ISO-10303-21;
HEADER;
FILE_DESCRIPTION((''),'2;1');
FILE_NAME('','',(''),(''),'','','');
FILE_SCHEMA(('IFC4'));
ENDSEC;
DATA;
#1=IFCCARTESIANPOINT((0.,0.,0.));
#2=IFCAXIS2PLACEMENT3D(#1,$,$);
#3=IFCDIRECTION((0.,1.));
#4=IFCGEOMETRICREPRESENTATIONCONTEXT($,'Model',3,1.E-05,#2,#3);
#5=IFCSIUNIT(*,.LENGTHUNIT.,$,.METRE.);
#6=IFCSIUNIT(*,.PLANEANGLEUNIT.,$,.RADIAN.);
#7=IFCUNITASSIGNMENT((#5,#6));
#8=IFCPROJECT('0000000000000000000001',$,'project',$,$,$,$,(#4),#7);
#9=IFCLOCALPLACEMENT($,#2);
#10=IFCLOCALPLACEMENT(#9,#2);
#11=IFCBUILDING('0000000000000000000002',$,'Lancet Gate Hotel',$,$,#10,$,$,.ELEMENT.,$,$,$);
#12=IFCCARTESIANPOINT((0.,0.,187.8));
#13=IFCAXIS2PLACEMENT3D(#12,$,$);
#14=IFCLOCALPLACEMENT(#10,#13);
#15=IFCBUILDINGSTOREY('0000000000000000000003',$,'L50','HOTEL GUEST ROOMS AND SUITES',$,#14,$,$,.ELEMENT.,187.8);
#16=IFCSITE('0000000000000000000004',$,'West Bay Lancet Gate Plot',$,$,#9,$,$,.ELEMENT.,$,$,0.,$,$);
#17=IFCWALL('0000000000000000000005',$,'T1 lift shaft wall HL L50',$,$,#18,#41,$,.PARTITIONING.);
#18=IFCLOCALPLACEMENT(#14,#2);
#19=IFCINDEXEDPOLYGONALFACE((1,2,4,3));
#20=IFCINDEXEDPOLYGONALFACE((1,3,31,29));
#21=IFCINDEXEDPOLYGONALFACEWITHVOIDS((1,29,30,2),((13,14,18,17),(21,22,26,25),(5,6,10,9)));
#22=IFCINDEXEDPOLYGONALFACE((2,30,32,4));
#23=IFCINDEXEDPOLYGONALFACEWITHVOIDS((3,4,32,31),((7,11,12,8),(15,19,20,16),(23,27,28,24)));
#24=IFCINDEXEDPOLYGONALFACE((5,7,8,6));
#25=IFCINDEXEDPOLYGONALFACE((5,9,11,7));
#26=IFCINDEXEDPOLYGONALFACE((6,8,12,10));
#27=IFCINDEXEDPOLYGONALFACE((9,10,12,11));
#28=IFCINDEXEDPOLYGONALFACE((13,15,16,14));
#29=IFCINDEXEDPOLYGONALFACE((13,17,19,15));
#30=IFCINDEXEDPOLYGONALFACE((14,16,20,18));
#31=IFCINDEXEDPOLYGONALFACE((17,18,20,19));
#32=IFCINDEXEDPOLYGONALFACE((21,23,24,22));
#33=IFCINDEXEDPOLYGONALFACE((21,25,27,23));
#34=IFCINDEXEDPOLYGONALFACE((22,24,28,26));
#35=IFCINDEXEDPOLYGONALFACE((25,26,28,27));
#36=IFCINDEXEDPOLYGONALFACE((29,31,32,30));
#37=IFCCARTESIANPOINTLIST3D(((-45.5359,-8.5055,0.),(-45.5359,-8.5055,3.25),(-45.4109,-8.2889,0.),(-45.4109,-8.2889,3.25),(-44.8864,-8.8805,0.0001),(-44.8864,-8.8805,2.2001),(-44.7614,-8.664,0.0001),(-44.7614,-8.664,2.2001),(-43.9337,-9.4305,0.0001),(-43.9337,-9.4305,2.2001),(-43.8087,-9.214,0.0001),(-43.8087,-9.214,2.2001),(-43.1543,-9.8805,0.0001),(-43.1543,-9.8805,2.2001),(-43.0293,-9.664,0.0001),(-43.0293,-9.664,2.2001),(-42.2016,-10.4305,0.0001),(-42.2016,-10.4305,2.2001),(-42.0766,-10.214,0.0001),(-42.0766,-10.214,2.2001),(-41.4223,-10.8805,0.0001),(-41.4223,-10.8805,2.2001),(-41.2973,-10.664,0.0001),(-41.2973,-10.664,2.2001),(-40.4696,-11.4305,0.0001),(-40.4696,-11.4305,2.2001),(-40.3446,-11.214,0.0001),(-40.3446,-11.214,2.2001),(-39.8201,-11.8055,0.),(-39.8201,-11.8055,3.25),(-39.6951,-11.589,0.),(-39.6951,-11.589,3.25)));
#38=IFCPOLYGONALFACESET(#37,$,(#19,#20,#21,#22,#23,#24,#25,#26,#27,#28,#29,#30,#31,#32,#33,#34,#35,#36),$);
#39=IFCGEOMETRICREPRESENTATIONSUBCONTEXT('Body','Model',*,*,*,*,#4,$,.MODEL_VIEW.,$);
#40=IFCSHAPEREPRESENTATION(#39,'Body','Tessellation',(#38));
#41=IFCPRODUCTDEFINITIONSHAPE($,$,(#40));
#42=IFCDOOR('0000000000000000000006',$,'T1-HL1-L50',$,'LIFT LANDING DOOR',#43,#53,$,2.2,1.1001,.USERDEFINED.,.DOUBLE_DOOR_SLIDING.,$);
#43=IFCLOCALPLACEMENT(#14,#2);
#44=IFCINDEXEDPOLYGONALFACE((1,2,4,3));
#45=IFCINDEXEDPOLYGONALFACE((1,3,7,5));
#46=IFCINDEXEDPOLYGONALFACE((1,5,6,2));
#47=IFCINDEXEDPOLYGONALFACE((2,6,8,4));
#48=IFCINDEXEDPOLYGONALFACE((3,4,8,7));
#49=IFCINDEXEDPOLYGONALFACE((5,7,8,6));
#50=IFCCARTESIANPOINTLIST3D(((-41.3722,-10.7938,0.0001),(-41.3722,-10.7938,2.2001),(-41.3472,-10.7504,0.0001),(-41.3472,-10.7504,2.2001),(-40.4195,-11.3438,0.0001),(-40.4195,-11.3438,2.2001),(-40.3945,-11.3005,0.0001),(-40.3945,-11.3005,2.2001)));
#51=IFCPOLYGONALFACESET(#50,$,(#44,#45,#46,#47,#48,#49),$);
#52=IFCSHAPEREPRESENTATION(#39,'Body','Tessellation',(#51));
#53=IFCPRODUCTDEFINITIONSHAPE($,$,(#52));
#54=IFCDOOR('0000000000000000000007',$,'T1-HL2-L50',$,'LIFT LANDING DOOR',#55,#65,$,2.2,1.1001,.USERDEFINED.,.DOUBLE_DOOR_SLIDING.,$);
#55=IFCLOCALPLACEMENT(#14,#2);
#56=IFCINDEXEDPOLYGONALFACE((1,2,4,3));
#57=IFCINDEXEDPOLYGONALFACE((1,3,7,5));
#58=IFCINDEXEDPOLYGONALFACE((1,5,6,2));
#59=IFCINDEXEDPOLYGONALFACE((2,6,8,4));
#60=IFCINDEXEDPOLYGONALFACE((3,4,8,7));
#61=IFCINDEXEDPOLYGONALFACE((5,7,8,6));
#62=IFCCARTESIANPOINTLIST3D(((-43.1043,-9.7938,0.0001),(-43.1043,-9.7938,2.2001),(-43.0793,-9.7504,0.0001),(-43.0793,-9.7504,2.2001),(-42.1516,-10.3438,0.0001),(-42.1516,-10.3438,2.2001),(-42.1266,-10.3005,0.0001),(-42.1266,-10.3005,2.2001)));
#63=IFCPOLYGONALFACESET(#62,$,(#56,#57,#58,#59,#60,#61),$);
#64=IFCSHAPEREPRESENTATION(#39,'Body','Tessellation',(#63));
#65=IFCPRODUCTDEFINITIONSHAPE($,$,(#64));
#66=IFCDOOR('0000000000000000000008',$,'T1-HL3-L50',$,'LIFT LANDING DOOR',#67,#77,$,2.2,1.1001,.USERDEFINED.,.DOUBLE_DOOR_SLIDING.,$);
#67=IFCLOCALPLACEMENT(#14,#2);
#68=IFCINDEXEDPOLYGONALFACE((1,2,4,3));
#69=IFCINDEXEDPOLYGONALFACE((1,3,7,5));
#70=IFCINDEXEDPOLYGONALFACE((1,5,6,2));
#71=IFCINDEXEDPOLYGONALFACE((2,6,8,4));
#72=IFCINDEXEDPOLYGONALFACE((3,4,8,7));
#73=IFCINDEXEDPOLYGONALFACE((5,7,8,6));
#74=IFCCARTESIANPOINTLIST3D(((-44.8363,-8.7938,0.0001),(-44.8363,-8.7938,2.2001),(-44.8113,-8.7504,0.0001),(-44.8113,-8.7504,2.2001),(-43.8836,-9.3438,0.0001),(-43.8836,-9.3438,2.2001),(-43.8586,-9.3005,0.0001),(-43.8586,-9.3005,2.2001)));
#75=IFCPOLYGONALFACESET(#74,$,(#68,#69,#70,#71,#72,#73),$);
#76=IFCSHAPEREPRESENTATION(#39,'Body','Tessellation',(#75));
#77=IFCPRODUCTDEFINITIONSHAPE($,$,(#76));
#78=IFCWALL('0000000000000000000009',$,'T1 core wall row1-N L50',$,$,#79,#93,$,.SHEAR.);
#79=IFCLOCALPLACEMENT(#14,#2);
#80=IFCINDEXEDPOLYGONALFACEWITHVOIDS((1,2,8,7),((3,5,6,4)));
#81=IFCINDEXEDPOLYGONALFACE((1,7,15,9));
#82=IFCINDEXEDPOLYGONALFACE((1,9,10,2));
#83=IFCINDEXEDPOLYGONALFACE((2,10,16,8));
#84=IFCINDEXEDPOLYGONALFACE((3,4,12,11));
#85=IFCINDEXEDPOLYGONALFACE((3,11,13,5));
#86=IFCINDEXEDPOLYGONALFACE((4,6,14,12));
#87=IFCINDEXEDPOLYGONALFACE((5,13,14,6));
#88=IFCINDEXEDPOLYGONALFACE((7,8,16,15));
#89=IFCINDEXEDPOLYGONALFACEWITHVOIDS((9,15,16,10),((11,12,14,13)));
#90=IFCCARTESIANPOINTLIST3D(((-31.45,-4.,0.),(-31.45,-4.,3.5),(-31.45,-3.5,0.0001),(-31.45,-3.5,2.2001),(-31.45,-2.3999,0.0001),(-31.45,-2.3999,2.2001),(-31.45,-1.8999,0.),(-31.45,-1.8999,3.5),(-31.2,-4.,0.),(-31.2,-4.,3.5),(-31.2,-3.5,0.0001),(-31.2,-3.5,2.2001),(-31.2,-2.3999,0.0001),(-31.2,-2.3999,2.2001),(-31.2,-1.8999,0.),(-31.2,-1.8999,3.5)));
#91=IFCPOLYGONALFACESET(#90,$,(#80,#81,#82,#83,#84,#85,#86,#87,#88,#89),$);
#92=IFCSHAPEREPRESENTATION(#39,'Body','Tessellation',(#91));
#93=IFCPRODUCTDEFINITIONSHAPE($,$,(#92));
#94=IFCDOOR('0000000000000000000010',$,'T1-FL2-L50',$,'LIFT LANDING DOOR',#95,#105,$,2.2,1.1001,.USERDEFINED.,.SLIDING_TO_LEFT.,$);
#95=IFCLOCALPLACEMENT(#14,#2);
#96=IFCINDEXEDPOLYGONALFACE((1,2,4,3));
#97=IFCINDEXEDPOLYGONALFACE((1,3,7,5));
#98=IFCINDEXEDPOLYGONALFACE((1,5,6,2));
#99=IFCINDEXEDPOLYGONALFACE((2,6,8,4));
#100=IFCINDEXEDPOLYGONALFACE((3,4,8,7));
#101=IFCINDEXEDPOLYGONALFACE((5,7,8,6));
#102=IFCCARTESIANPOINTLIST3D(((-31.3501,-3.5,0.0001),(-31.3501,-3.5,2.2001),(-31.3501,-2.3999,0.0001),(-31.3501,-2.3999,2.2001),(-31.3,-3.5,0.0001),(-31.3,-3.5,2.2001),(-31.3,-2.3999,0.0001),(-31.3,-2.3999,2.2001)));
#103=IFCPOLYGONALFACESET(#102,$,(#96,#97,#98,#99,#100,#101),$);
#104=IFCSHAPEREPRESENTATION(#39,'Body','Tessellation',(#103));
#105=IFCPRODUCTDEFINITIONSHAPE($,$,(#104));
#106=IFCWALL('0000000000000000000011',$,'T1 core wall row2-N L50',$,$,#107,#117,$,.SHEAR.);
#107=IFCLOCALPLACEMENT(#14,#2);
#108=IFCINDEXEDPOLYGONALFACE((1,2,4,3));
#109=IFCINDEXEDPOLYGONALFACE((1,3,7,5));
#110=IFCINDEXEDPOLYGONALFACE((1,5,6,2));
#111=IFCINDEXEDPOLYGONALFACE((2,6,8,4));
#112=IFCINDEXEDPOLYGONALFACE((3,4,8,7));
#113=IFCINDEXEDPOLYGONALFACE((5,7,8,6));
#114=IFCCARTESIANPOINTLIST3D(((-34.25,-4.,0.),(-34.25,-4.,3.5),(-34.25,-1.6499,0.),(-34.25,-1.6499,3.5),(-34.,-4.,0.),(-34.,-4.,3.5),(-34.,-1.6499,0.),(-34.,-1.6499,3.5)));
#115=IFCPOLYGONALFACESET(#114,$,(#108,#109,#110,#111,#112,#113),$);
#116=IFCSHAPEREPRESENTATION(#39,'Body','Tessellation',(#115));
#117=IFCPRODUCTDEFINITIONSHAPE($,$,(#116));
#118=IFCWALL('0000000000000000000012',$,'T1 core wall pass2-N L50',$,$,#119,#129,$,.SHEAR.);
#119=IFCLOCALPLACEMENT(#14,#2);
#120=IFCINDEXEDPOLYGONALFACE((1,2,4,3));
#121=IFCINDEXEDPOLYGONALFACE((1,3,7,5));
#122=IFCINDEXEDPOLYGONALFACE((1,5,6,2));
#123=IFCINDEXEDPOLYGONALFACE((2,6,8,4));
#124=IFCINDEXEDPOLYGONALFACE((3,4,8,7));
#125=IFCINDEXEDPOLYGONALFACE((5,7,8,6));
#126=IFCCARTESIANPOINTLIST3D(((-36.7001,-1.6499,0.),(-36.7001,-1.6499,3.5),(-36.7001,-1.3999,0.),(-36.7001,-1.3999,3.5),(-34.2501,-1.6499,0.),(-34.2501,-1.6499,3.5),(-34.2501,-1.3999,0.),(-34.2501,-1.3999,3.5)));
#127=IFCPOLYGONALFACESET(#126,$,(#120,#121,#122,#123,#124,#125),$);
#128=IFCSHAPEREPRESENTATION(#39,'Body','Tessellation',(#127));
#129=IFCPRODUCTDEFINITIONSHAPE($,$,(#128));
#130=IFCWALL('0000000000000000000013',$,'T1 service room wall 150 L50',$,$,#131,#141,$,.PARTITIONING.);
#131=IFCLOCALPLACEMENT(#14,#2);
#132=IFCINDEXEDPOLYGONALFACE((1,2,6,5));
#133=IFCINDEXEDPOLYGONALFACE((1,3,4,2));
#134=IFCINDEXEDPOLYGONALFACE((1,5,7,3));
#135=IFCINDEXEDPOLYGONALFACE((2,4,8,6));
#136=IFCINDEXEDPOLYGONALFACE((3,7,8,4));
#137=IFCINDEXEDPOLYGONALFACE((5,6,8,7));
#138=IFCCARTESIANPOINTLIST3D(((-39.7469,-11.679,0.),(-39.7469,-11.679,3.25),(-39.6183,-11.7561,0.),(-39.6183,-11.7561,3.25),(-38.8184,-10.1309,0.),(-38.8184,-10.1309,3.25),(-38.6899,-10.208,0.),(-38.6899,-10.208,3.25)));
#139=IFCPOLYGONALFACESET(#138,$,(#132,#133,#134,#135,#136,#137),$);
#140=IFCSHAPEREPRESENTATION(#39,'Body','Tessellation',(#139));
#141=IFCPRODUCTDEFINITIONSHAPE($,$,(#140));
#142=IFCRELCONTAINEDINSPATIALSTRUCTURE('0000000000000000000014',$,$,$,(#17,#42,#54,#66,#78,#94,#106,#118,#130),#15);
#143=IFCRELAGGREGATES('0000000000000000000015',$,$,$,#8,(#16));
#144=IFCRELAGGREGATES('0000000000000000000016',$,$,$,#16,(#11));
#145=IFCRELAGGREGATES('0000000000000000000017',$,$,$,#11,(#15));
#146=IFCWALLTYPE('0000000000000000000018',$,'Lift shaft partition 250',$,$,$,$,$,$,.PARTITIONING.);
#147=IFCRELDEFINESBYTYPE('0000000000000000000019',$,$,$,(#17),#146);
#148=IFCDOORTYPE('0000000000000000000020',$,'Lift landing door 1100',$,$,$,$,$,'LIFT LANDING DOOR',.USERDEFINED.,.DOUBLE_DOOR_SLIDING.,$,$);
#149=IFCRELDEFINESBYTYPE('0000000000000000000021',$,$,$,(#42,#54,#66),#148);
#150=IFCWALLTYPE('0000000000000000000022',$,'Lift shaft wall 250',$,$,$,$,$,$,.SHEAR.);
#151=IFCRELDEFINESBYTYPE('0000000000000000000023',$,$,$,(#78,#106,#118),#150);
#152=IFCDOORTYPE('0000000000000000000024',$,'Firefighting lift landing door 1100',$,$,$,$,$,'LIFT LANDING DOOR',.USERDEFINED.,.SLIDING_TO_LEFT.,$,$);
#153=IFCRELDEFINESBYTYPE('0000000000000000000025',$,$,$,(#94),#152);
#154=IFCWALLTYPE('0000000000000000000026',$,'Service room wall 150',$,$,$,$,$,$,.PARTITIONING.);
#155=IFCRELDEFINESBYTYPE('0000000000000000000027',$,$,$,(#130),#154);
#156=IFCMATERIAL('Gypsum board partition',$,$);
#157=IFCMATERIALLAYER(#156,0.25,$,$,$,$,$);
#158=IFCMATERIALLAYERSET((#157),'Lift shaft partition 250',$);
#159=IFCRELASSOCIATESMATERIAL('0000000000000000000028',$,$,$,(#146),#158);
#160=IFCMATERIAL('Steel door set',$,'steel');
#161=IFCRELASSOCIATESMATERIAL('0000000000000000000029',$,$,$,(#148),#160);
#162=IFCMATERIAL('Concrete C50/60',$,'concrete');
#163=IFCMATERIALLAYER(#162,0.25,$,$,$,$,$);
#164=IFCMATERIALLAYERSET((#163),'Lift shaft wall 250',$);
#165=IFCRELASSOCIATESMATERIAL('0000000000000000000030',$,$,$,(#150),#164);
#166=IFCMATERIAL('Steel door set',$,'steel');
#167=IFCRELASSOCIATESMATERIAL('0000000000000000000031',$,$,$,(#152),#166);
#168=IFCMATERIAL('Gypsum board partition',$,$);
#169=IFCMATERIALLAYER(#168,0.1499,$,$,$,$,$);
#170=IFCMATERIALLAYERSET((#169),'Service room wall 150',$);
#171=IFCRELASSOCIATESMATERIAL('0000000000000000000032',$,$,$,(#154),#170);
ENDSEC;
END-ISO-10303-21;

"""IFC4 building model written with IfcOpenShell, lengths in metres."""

from ifc_helpers import new_model, si_unit, direction, frame, frame_2d, origin, place, context, subcontext, project, spatial, rectangle, extrude, material, layer, layer_set, type_object, element, fill, save


model = new_model("IFC4")

# Units and contexts
model_context = context("Model", 3, precision=1e-05, world=origin(), true_north=direction((0.0, 1.0)))
body_context = subcontext(model_context, "Body", "Model", "MODEL_VIEW")
ifc_project = project(units=[si_unit("LENGTHUNIT", "METRE"), si_unit("PLANEANGLEUNIT", "RADIAN")], contexts=[model_context])

# Site, building, storey
site_placement = place(None, origin())
site = spatial("IfcSite", under=ifc_project, at=site_placement, Name="West Bay Lancet Gate Plot", CompositionType="ELEMENT", RefElevation=0.0)
building_placement = place(site_placement, origin())
building = spatial("IfcBuilding", under=site, at=building_placement, Name="Lancet Gate Hotel", CompositionType="ELEMENT")
storey_placement = place(building_placement, frame((0.0, 0.0, 187.8)))
storey = spatial("IfcBuildingStorey", under=building, at=storey_placement, Name="L50", Description="HOTEL GUEST ROOMS AND SUITES", CompositionType="ELEMENT", Elevation=187.8)

# Wall, openings, doors
ifc_material_1 = material(Name="Gypsum board partition")
ifc_layer_1 = layer(ifc_material_1, 0.25)
ifc_layer_set_1 = layer_set([ifc_layer_1], Name="Lift shaft partition 250")
wall_type_1 = type_object("IfcWallType", Name="Lift shaft partition 250", PredefinedType="PARTITIONING", material=ifc_layer_set_1)
wall_1_placement = place(storey_placement, frame((-39.7576, -11.6973, 0.0), z_axis=(0.0, 0.0, 1.0), x_axis=(-0.866024, 0.500002, 0.0)))
wall_1 = element("IfcWall", 1, at=wall_1_placement, inside=storey, type_object=wall_type_1, Name="T1 lift shaft wall HL L50", PredefinedType="PARTITIONING", context=body_context, shape_type="SweptSolid", body=[
    extrude(rectangle(XDim=6.6001, YDim=0.25, at=frame_2d((3.3, 0.0))), origin(), (0.0, 0.0, 1.0), 3.25),
])
opening_1_placement = place(wall_1_placement, frame((0.75, 0.0, 0.0)))
opening_1 = element("IfcOpeningElement", 2, at=opening_1_placement, cuts=wall_1, PredefinedType="OPENING", context=body_context, shape_type="SweptSolid", body=[
    extrude(rectangle(XDim=1.1001, YDim=2.2, at=frame_2d((0.55, 1.1001))), frame((0.0, 0.135, 0.0), z_axis=(0.0, -1.0, 0.0), x_axis=(1.0, 0.0, 0.0)), (0.0, 0.0, 1.0), 0.27),
])
opening_2_placement = place(wall_1_placement, frame((2.75, 0.0, 0.0)))
opening_2 = element("IfcOpeningElement", 3, at=opening_2_placement, cuts=wall_1, PredefinedType="OPENING", context=body_context, shape_type="SweptSolid", body=[
    extrude(rectangle(XDim=1.1001, YDim=2.2, at=frame_2d((0.55, 1.1001))), frame((0.0, 0.135, 0.0), z_axis=(0.0, -1.0, 0.0), x_axis=(1.0, 0.0, 0.0)), (0.0, 0.0, 1.0), 0.27),
])
opening_3_placement = place(wall_1_placement, frame((4.75, 0.0, 0.0)))
opening_3 = element("IfcOpeningElement", 4, at=opening_3_placement, cuts=wall_1, PredefinedType="OPENING", context=body_context, shape_type="SweptSolid", body=[
    extrude(rectangle(XDim=1.1001, YDim=2.2, at=frame_2d((0.55, 1.1001))), frame((0.0, 0.135, 0.0), z_axis=(0.0, -1.0, 0.0), x_axis=(1.0, 0.0, 0.0)), (0.0, 0.0, 1.0), 0.27),
])
ifc_material_2 = material(Name="Steel door set", Category="steel")
door_type_1 = type_object("IfcDoorType", Name="Lift landing door 1100", ElementType="LIFT LANDING DOOR", OperationType="DOUBLE_DOOR_SLIDING", PredefinedType="USERDEFINED", material=ifc_material_2)
door_1_placement = place(opening_1_placement, origin())
door_1 = element("IfcDoor", 5, at=door_1_placement, inside=storey, type_object=door_type_1, Name="T1-HL1-L50", ObjectType="LIFT LANDING DOOR", OperationType="DOUBLE_DOOR_SLIDING", OverallHeight=2.2, OverallWidth=1.1001, PredefinedType="USERDEFINED", context=body_context, shape_type="SweptSolid", body=[
    extrude(rectangle(XDim=1.1001, YDim=2.2, at=frame_2d((0.55, 1.1001))), frame((0.0, 0.0249, 0.0), z_axis=(0.0, -1.0, 0.0), x_axis=(1.0, 0.0, 0.0)), (0.0, 0.0, 1.0), 0.05),
])
fill(opening_1, door_1)
door_2_placement = place(opening_2_placement, origin())
door_2 = element("IfcDoor", 6, at=door_2_placement, inside=storey, type_object=door_type_1, Name="T1-HL2-L50", ObjectType="LIFT LANDING DOOR", OperationType="DOUBLE_DOOR_SLIDING", OverallHeight=2.2, OverallWidth=1.1001, PredefinedType="USERDEFINED", context=body_context, shape_type="SweptSolid", body=[
    extrude(rectangle(XDim=1.1001, YDim=2.2, at=frame_2d((0.55, 1.1001))), frame((0.0, 0.0249, 0.0), z_axis=(0.0, -1.0, 0.0), x_axis=(1.0, 0.0, 0.0)), (0.0, 0.0, 1.0), 0.05),
])
fill(opening_2, door_2)
door_3_placement = place(opening_3_placement, origin())
door_3 = element("IfcDoor", 7, at=door_3_placement, inside=storey, type_object=door_type_1, Name="T1-HL3-L50", ObjectType="LIFT LANDING DOOR", OperationType="DOUBLE_DOOR_SLIDING", OverallHeight=2.2, OverallWidth=1.1001, PredefinedType="USERDEFINED", context=body_context, shape_type="SweptSolid", body=[
    extrude(rectangle(XDim=1.1001, YDim=2.2, at=frame_2d((0.55, 1.1001))), frame((0.0, 0.0249, 0.0), z_axis=(0.0, -1.0, 0.0), x_axis=(1.0, 0.0, 0.0)), (0.0, 0.0, 1.0), 0.05),
])
fill(opening_3, door_3)

# Wall, opening, door
ifc_material_3 = material(Name="Concrete C50/60", Category="concrete")
ifc_layer_2 = layer(ifc_material_3, 0.25)
ifc_layer_set_2 = layer_set([ifc_layer_2], Name="Lift shaft wall 250")
wall_type_2 = type_object("IfcWallType", Name="Lift shaft wall 250", PredefinedType="SHEAR", material=ifc_layer_set_2)
wall_2_placement = place(storey_placement, frame((-31.325, -1.8999, 0.0), z_axis=(0.0, 0.0, 1.0), x_axis=(0.0, -1.0, 0.0)))
wall_2 = element("IfcWall", 8, at=wall_2_placement, inside=storey, type_object=wall_type_2, Name="T1 core wall row1-N L50", PredefinedType="SHEAR", context=body_context, shape_type="SweptSolid", body=[
    extrude(rectangle(XDim=2.1001, YDim=0.25, at=frame_2d((1.05, 0.0))), origin(), (0.0, 0.0, 1.0), 3.5),
])
opening_4_placement = place(wall_2_placement, frame((0.5, 0.0, 0.0)))
opening_4 = element("IfcOpeningElement", 9, at=opening_4_placement, cuts=wall_2, PredefinedType="OPENING", context=body_context, shape_type="SweptSolid", body=[
    extrude(rectangle(XDim=1.1001, YDim=2.2, at=frame_2d((0.55, 1.1001))), frame((0.0, 0.135, 0.0), z_axis=(0.0, -1.0, 0.0), x_axis=(1.0, 0.0, 0.0)), (0.0, 0.0, 1.0), 0.27),
])
ifc_material_4 = material(Name="Steel door set", Category="steel")
door_type_2 = type_object("IfcDoorType", Name="Firefighting lift landing door 1100", ElementType="LIFT LANDING DOOR", OperationType="SLIDING_TO_LEFT", PredefinedType="USERDEFINED", material=ifc_material_4)
door_4_placement = place(opening_4_placement, origin())
door_4 = element("IfcDoor", 10, at=door_4_placement, inside=storey, type_object=door_type_2, Name="T1-FL2-L50", ObjectType="LIFT LANDING DOOR", OperationType="SLIDING_TO_LEFT", OverallHeight=2.2, OverallWidth=1.1001, PredefinedType="USERDEFINED", context=body_context, shape_type="SweptSolid", body=[
    extrude(rectangle(XDim=1.1001, YDim=2.2, at=frame_2d((0.55, 1.1001))), frame((0.0, 0.0249, 0.0), z_axis=(0.0, -1.0, 0.0), x_axis=(1.0, 0.0, 0.0)), (0.0, 0.0, 1.0), 0.05),
])
fill(opening_4, door_4)

# Walls
wall_3_placement = place(storey_placement, frame((-34.125, -1.6499, 0.0), z_axis=(0.0, 0.0, 1.0), x_axis=(0.0, -1.0, 0.0)))
element("IfcWall", 11, at=wall_3_placement, inside=storey, type_object=wall_type_2, Name="T1 core wall row2-N L50", PredefinedType="SHEAR", context=body_context, shape_type="SweptSolid", body=[
    extrude(rectangle(XDim=2.3501, YDim=0.25, at=frame_2d((1.175, 0.0))), origin(), (0.0, 0.0, 1.0), 3.5),
])
wall_4_placement = place(storey_placement, frame((-34.25, -1.5249, 0.0), z_axis=(0.0, 0.0, 1.0), x_axis=(-1.0, 0.0, 0.0)))
element("IfcWall", 12, at=wall_4_placement, inside=storey, type_object=wall_type_2, Name="T1 core wall pass2-N L50", PredefinedType="SHEAR", context=body_context, shape_type="SweptSolid", body=[
    extrude(rectangle(XDim=2.45, YDim=0.25, at=frame_2d((1.2251, 0.0))), origin(), (0.0, 0.0, 1.0), 3.5),
])
ifc_material_5 = material(Name="Gypsum board partition")
ifc_layer_3 = layer(ifc_material_5, 0.1499)
ifc_layer_set_3 = layer_set([ifc_layer_3], Name="Service room wall 150")
wall_type_3 = type_object("IfcWallType", Name="Service room wall 150", PredefinedType="PARTITIONING", material=ifc_layer_set_3)
wall_5_placement = place(storey_placement, frame((-39.6826, -11.7175, 0.0), z_axis=(0.0, 0.0, 1.0), x_axis=(0.514337, 0.857588, 0.0)))
element("IfcWall", 13, at=wall_5_placement, inside=storey, type_object=wall_type_3, Name="T1 service room wall 150 L50", PredefinedType="PARTITIONING", context=body_context, shape_type="SweptSolid", body=[
    extrude(rectangle(XDim=1.8052, YDim=0.1499, at=frame_2d((0.9026, 0.0))), origin(), (0.0, 0.0, 1.0), 3.25),
])

save(model, "model.ifc")
